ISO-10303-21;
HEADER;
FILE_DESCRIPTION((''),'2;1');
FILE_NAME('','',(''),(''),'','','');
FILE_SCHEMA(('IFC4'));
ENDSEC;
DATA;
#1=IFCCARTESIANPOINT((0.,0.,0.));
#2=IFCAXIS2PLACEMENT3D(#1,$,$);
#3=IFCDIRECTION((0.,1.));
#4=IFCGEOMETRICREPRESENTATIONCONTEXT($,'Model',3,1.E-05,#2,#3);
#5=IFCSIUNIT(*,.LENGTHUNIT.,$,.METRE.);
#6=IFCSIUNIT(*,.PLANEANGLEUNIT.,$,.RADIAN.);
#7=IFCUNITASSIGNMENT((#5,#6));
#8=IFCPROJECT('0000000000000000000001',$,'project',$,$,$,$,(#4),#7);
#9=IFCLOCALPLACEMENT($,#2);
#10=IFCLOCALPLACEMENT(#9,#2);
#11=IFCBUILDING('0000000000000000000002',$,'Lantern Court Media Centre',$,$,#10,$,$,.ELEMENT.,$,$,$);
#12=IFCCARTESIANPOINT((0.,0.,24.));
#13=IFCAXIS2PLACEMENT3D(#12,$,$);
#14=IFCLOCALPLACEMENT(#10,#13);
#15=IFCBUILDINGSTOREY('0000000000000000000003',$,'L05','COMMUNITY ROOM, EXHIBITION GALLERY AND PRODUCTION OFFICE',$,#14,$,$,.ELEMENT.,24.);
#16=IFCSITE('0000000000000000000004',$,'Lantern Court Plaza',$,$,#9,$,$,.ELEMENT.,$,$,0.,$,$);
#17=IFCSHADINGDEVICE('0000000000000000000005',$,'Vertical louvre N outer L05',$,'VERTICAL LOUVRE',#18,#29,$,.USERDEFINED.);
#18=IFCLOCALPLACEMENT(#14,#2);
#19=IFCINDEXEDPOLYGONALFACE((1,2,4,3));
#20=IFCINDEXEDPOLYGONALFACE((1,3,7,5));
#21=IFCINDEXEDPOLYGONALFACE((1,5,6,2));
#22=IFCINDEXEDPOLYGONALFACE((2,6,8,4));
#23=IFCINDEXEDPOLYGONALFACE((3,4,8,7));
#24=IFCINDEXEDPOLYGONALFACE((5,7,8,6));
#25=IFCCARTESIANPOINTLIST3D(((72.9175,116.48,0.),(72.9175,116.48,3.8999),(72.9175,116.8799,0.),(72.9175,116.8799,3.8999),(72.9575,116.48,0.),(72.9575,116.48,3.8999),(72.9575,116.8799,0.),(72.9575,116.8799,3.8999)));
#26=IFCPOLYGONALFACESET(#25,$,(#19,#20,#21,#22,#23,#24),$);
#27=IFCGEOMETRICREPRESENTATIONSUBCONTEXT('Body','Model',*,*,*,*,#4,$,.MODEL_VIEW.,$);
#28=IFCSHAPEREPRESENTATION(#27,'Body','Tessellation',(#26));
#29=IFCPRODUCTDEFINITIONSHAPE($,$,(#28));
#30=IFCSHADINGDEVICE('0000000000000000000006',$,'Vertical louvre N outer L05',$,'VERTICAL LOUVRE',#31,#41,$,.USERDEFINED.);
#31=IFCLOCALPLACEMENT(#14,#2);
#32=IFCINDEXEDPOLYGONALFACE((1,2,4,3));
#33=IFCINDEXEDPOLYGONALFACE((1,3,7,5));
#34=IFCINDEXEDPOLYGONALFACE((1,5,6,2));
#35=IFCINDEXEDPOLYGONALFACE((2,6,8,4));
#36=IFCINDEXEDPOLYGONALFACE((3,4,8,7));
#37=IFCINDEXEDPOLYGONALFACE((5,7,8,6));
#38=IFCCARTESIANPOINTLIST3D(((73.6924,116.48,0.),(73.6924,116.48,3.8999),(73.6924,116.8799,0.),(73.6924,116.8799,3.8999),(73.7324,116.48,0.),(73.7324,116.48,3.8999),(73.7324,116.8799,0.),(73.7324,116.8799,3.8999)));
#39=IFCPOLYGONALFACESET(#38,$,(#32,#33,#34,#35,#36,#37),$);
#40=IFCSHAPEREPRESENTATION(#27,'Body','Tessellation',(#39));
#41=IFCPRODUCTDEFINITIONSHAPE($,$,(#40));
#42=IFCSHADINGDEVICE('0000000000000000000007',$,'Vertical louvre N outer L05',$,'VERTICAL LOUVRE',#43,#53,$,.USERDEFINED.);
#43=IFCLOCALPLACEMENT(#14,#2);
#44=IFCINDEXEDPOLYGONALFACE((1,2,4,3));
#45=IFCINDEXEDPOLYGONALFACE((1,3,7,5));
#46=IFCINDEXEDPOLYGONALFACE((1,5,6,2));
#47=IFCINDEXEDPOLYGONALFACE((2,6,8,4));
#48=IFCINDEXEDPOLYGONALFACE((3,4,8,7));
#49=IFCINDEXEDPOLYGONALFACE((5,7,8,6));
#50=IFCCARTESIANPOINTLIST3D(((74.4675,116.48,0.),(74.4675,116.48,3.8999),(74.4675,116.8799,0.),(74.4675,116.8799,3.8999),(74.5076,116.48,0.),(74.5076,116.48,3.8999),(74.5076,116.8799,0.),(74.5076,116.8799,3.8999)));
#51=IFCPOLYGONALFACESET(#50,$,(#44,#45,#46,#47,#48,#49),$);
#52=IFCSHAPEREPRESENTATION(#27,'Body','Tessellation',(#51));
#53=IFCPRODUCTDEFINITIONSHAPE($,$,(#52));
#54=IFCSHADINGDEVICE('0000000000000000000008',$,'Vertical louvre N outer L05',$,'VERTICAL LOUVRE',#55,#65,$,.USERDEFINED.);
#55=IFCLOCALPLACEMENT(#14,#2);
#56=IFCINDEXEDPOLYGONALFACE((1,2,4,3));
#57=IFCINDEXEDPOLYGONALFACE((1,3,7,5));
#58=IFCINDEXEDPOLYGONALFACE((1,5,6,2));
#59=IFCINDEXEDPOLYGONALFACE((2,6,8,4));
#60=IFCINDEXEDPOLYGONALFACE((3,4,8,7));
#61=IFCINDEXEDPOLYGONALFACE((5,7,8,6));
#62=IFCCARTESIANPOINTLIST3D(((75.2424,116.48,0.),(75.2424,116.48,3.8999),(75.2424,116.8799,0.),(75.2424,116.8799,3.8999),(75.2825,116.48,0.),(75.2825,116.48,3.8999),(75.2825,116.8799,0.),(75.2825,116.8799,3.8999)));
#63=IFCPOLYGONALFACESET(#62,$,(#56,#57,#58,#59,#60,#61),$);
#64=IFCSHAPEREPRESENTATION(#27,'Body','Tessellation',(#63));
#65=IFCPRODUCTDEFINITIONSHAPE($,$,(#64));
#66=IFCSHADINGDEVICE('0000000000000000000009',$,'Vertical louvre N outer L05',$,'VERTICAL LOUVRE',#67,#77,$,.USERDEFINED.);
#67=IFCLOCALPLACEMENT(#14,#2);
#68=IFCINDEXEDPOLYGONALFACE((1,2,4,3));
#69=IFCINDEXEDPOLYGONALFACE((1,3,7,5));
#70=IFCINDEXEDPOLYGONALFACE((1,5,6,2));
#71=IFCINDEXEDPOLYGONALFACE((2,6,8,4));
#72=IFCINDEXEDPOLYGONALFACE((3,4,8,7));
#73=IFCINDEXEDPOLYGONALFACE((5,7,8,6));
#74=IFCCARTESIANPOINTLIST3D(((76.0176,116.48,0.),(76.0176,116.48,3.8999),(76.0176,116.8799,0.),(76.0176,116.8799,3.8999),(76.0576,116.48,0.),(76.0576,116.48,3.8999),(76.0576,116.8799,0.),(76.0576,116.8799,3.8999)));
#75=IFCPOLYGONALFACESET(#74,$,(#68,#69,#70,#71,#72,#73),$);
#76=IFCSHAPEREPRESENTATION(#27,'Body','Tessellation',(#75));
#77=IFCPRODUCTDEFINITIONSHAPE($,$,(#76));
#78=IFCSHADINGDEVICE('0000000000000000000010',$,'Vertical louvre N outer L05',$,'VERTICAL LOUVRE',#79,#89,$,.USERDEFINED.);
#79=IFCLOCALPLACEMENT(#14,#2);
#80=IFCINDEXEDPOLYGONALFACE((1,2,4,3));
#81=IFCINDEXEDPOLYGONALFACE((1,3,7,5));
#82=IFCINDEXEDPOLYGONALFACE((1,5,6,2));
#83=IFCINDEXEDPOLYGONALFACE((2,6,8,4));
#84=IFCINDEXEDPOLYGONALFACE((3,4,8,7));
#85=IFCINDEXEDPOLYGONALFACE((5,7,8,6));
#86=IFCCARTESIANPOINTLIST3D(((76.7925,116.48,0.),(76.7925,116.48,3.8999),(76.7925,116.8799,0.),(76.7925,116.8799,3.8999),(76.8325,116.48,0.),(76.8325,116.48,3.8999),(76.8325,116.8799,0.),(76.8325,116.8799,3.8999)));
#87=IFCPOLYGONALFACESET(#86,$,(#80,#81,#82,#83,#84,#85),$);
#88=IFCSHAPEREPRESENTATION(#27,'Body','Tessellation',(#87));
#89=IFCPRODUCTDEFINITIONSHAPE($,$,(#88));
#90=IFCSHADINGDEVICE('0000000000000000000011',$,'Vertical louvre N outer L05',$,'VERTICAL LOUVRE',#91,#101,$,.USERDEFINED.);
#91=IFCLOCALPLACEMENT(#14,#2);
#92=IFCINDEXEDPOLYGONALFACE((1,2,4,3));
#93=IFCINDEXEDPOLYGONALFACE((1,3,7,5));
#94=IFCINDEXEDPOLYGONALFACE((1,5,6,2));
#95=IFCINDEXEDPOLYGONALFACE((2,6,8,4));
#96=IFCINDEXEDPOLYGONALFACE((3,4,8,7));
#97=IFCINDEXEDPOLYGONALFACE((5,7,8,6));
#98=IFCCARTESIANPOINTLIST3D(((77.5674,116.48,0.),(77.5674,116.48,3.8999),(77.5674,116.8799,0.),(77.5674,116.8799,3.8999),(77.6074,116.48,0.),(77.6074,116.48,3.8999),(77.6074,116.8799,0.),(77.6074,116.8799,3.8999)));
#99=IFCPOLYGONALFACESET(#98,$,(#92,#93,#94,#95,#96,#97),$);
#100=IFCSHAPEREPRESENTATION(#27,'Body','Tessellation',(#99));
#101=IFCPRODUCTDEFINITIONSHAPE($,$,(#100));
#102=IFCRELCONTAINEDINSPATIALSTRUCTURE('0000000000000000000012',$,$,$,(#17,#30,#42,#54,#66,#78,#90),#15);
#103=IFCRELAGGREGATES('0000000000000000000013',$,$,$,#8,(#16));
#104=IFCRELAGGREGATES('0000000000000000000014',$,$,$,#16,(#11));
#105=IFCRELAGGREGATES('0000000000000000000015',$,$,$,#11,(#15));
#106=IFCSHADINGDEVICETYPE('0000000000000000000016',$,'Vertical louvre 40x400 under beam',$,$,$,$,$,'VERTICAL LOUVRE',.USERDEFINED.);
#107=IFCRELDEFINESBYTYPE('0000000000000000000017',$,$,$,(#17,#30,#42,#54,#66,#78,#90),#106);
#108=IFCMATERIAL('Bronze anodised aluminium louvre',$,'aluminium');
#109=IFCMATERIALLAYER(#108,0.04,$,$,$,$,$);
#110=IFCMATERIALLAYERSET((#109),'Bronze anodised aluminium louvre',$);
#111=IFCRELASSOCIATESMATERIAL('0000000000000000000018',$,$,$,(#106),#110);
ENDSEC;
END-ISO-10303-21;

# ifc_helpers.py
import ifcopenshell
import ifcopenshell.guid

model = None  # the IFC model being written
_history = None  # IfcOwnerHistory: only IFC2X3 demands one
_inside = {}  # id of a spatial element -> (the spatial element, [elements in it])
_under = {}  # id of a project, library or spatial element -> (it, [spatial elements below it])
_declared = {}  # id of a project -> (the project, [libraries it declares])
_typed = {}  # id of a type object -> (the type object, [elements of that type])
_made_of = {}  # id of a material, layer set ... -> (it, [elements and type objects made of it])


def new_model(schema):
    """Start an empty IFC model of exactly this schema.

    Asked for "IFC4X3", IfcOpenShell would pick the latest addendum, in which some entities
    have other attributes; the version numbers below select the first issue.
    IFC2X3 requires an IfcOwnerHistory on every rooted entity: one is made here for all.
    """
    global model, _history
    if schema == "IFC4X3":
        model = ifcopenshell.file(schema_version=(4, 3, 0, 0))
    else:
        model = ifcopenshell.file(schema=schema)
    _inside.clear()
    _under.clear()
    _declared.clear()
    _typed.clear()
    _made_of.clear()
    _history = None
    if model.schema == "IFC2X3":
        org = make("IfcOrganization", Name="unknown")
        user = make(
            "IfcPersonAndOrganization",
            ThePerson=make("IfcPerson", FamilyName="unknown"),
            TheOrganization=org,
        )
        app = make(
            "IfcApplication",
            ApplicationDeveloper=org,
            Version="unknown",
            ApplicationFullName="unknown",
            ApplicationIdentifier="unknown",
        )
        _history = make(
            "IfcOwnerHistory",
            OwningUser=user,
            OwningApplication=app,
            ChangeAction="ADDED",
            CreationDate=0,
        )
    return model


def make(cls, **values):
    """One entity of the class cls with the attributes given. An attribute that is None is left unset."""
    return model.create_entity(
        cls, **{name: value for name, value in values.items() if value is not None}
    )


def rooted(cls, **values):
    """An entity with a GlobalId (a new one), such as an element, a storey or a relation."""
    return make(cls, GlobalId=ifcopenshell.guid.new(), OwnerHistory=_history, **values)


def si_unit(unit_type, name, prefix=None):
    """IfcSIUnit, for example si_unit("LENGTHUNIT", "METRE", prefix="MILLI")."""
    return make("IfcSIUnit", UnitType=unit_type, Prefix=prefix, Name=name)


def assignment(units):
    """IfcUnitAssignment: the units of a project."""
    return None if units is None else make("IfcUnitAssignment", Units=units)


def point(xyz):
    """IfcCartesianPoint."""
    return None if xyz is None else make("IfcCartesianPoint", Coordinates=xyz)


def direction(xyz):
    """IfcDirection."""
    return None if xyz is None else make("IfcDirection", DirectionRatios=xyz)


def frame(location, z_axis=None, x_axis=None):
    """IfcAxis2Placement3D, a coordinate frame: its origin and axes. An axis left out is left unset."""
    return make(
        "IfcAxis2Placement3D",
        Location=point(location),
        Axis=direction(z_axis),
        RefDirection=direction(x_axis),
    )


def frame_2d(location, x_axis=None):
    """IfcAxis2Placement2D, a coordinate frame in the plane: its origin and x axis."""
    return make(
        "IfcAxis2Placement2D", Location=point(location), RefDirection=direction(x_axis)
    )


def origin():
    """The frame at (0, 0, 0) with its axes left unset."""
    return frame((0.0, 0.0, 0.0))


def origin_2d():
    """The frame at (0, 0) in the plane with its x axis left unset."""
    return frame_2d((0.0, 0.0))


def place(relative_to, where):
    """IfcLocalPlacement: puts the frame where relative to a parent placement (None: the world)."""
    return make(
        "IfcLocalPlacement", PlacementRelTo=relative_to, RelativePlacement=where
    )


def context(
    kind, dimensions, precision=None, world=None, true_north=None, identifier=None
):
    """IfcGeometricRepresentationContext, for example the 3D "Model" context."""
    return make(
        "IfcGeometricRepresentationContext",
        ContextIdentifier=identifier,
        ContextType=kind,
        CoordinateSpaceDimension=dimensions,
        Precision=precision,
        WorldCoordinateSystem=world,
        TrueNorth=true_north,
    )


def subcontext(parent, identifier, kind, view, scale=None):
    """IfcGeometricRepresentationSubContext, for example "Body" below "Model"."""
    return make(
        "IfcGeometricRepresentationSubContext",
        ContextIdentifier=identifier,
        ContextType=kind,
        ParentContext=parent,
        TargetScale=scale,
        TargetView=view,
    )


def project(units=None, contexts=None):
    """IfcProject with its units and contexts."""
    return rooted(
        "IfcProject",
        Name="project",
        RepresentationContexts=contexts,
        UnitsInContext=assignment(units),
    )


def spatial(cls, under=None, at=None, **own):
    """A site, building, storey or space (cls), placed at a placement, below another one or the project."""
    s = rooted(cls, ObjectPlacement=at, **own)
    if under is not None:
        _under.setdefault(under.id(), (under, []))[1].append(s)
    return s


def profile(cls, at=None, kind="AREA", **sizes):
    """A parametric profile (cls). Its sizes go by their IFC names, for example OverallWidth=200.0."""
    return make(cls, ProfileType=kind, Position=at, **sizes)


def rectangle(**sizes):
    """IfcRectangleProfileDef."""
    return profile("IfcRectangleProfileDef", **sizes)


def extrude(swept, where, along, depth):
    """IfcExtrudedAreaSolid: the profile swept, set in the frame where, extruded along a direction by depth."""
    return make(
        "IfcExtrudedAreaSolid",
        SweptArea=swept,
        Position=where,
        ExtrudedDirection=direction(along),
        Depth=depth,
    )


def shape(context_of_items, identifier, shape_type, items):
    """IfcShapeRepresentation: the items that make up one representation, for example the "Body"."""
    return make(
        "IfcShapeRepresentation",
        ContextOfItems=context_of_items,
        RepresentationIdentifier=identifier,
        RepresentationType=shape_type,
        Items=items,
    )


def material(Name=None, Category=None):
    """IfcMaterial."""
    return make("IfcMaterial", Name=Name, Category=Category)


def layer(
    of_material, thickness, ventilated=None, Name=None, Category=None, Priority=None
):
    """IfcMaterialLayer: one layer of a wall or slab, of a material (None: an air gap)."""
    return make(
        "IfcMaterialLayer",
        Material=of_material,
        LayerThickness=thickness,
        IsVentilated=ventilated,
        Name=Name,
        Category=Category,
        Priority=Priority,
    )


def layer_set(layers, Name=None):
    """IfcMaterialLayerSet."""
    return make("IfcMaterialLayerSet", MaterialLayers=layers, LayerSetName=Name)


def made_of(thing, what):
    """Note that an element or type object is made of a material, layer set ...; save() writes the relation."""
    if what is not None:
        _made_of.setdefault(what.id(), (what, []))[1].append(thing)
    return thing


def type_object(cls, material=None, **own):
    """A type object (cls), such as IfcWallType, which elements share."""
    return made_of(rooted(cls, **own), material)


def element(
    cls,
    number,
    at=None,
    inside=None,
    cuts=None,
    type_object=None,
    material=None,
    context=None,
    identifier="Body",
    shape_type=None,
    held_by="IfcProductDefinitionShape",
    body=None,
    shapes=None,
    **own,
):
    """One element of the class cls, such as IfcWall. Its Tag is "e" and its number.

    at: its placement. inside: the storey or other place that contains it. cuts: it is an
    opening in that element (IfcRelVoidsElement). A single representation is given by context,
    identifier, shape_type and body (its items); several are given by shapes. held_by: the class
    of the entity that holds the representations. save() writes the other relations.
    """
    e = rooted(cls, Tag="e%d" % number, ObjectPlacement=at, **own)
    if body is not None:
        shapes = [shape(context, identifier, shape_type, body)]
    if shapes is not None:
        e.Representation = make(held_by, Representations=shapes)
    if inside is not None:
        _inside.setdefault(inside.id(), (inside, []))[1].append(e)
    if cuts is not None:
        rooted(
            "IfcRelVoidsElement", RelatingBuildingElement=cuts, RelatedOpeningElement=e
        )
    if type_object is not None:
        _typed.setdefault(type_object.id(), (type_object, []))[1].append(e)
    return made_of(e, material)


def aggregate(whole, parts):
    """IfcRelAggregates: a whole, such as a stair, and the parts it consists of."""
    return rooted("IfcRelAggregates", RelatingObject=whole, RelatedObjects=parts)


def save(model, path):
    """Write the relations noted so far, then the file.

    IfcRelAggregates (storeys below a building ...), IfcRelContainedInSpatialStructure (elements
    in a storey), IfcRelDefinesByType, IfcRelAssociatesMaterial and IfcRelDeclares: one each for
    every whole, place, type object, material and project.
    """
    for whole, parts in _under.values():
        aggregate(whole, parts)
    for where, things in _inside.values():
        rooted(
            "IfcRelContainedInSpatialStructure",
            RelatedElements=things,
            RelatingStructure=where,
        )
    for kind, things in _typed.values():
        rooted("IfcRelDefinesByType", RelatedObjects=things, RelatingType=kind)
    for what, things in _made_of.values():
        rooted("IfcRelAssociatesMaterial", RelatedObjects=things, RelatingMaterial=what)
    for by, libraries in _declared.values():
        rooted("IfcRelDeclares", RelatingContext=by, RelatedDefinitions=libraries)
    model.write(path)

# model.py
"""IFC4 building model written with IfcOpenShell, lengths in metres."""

from ifc_helpers import new_model, si_unit, direction, frame, origin, origin_2d, place, context, subcontext, project, spatial, rectangle, extrude, material, layer, layer_set, type_object, element, save


model = new_model("IFC4")

# Units and contexts
model_context = context("Model", 3, precision=1e-05, world=origin(), true_north=direction((0.0, 1.0)))
body_context = subcontext(model_context, "Body", "Model", "MODEL_VIEW")
ifc_project = project(units=[si_unit("LENGTHUNIT", "METRE"), si_unit("PLANEANGLEUNIT", "RADIAN")], contexts=[model_context])

# Site, building, storey
site_placement = place(None, origin())
site = spatial("IfcSite", under=ifc_project, at=site_placement, Name="Lantern Court Plaza", CompositionType="ELEMENT", RefElevation=0.0)
building_placement = place(site_placement, origin())
building = spatial("IfcBuilding", under=site, at=building_placement, Name="Lantern Court Media Centre", CompositionType="ELEMENT")
storey_placement = place(building_placement, frame((0.0, 0.0, 24.0)))
storey = spatial("IfcBuildingStorey", under=building, at=storey_placement, Name="L05", Description="COMMUNITY ROOM, EXHIBITION GALLERY AND PRODUCTION OFFICE", CompositionType="ELEMENT", Elevation=24.0)

# Shading devices
ifc_material_1 = material(Name="Bronze anodised aluminium louvre", Category="aluminium")
ifc_layer_1 = layer(ifc_material_1, 0.04)
ifc_layer_set_1 = layer_set([ifc_layer_1], Name="Bronze anodised aluminium louvre")
shading_device_type = type_object("IfcShadingDeviceType", Name="Vertical louvre 40x400 under beam", ElementType="VERTICAL LOUVRE", PredefinedType="USERDEFINED", material=ifc_layer_set_1)
for number, where, z_axis, x_axis, name in (
    (1, (72.9375, 116.6799, 0.0), (0.0, 0.0, 1.0), (1.0, 0.0, 0.0), "Vertical louvre N outer L05"),
    (2, (73.7124, 116.6799, 0.0), (0.0, 0.0, 1.0), (1.0, 0.0, 0.0), "Vertical louvre N outer L05"),
    (3, (74.4875, 116.6799, 0.0), (0.0, 0.0, 1.0), (1.0, 0.0, 0.0), "Vertical louvre N outer L05"),
    (4, (75.2625, 116.6799, 0.0), (0.0, 0.0, 1.0), (1.0, 0.0, 0.0), "Vertical louvre N outer L05"),
    (5, (76.0376, 116.6799, 0.0), (0.0, 0.0, 1.0), (1.0, 0.0, 0.0), "Vertical louvre N outer L05"),
    (6, (76.8125, 116.6799, 0.0), (0.0, 0.0, 1.0), (1.0, 0.0, 0.0), "Vertical louvre N outer L05"),
    (7, (77.5874, 116.6799, 0.0), (0.0, 0.0, 1.0), (1.0, 0.0, 0.0), "Vertical louvre N outer L05"),
):
    element("IfcShadingDevice", number, at=place(storey_placement, frame(where, z_axis=z_axis, x_axis=x_axis)), inside=storey, type_object=shading_device_type, Name=name, ObjectType="VERTICAL LOUVRE", PredefinedType="USERDEFINED", context=body_context, shape_type="SweptSolid", body=[
        extrude(rectangle(XDim=0.04, YDim=0.3999, at=origin_2d()), origin(), (0.0, 0.0, 1.0), 3.8999),
    ])

save(model, "model.ifc")
